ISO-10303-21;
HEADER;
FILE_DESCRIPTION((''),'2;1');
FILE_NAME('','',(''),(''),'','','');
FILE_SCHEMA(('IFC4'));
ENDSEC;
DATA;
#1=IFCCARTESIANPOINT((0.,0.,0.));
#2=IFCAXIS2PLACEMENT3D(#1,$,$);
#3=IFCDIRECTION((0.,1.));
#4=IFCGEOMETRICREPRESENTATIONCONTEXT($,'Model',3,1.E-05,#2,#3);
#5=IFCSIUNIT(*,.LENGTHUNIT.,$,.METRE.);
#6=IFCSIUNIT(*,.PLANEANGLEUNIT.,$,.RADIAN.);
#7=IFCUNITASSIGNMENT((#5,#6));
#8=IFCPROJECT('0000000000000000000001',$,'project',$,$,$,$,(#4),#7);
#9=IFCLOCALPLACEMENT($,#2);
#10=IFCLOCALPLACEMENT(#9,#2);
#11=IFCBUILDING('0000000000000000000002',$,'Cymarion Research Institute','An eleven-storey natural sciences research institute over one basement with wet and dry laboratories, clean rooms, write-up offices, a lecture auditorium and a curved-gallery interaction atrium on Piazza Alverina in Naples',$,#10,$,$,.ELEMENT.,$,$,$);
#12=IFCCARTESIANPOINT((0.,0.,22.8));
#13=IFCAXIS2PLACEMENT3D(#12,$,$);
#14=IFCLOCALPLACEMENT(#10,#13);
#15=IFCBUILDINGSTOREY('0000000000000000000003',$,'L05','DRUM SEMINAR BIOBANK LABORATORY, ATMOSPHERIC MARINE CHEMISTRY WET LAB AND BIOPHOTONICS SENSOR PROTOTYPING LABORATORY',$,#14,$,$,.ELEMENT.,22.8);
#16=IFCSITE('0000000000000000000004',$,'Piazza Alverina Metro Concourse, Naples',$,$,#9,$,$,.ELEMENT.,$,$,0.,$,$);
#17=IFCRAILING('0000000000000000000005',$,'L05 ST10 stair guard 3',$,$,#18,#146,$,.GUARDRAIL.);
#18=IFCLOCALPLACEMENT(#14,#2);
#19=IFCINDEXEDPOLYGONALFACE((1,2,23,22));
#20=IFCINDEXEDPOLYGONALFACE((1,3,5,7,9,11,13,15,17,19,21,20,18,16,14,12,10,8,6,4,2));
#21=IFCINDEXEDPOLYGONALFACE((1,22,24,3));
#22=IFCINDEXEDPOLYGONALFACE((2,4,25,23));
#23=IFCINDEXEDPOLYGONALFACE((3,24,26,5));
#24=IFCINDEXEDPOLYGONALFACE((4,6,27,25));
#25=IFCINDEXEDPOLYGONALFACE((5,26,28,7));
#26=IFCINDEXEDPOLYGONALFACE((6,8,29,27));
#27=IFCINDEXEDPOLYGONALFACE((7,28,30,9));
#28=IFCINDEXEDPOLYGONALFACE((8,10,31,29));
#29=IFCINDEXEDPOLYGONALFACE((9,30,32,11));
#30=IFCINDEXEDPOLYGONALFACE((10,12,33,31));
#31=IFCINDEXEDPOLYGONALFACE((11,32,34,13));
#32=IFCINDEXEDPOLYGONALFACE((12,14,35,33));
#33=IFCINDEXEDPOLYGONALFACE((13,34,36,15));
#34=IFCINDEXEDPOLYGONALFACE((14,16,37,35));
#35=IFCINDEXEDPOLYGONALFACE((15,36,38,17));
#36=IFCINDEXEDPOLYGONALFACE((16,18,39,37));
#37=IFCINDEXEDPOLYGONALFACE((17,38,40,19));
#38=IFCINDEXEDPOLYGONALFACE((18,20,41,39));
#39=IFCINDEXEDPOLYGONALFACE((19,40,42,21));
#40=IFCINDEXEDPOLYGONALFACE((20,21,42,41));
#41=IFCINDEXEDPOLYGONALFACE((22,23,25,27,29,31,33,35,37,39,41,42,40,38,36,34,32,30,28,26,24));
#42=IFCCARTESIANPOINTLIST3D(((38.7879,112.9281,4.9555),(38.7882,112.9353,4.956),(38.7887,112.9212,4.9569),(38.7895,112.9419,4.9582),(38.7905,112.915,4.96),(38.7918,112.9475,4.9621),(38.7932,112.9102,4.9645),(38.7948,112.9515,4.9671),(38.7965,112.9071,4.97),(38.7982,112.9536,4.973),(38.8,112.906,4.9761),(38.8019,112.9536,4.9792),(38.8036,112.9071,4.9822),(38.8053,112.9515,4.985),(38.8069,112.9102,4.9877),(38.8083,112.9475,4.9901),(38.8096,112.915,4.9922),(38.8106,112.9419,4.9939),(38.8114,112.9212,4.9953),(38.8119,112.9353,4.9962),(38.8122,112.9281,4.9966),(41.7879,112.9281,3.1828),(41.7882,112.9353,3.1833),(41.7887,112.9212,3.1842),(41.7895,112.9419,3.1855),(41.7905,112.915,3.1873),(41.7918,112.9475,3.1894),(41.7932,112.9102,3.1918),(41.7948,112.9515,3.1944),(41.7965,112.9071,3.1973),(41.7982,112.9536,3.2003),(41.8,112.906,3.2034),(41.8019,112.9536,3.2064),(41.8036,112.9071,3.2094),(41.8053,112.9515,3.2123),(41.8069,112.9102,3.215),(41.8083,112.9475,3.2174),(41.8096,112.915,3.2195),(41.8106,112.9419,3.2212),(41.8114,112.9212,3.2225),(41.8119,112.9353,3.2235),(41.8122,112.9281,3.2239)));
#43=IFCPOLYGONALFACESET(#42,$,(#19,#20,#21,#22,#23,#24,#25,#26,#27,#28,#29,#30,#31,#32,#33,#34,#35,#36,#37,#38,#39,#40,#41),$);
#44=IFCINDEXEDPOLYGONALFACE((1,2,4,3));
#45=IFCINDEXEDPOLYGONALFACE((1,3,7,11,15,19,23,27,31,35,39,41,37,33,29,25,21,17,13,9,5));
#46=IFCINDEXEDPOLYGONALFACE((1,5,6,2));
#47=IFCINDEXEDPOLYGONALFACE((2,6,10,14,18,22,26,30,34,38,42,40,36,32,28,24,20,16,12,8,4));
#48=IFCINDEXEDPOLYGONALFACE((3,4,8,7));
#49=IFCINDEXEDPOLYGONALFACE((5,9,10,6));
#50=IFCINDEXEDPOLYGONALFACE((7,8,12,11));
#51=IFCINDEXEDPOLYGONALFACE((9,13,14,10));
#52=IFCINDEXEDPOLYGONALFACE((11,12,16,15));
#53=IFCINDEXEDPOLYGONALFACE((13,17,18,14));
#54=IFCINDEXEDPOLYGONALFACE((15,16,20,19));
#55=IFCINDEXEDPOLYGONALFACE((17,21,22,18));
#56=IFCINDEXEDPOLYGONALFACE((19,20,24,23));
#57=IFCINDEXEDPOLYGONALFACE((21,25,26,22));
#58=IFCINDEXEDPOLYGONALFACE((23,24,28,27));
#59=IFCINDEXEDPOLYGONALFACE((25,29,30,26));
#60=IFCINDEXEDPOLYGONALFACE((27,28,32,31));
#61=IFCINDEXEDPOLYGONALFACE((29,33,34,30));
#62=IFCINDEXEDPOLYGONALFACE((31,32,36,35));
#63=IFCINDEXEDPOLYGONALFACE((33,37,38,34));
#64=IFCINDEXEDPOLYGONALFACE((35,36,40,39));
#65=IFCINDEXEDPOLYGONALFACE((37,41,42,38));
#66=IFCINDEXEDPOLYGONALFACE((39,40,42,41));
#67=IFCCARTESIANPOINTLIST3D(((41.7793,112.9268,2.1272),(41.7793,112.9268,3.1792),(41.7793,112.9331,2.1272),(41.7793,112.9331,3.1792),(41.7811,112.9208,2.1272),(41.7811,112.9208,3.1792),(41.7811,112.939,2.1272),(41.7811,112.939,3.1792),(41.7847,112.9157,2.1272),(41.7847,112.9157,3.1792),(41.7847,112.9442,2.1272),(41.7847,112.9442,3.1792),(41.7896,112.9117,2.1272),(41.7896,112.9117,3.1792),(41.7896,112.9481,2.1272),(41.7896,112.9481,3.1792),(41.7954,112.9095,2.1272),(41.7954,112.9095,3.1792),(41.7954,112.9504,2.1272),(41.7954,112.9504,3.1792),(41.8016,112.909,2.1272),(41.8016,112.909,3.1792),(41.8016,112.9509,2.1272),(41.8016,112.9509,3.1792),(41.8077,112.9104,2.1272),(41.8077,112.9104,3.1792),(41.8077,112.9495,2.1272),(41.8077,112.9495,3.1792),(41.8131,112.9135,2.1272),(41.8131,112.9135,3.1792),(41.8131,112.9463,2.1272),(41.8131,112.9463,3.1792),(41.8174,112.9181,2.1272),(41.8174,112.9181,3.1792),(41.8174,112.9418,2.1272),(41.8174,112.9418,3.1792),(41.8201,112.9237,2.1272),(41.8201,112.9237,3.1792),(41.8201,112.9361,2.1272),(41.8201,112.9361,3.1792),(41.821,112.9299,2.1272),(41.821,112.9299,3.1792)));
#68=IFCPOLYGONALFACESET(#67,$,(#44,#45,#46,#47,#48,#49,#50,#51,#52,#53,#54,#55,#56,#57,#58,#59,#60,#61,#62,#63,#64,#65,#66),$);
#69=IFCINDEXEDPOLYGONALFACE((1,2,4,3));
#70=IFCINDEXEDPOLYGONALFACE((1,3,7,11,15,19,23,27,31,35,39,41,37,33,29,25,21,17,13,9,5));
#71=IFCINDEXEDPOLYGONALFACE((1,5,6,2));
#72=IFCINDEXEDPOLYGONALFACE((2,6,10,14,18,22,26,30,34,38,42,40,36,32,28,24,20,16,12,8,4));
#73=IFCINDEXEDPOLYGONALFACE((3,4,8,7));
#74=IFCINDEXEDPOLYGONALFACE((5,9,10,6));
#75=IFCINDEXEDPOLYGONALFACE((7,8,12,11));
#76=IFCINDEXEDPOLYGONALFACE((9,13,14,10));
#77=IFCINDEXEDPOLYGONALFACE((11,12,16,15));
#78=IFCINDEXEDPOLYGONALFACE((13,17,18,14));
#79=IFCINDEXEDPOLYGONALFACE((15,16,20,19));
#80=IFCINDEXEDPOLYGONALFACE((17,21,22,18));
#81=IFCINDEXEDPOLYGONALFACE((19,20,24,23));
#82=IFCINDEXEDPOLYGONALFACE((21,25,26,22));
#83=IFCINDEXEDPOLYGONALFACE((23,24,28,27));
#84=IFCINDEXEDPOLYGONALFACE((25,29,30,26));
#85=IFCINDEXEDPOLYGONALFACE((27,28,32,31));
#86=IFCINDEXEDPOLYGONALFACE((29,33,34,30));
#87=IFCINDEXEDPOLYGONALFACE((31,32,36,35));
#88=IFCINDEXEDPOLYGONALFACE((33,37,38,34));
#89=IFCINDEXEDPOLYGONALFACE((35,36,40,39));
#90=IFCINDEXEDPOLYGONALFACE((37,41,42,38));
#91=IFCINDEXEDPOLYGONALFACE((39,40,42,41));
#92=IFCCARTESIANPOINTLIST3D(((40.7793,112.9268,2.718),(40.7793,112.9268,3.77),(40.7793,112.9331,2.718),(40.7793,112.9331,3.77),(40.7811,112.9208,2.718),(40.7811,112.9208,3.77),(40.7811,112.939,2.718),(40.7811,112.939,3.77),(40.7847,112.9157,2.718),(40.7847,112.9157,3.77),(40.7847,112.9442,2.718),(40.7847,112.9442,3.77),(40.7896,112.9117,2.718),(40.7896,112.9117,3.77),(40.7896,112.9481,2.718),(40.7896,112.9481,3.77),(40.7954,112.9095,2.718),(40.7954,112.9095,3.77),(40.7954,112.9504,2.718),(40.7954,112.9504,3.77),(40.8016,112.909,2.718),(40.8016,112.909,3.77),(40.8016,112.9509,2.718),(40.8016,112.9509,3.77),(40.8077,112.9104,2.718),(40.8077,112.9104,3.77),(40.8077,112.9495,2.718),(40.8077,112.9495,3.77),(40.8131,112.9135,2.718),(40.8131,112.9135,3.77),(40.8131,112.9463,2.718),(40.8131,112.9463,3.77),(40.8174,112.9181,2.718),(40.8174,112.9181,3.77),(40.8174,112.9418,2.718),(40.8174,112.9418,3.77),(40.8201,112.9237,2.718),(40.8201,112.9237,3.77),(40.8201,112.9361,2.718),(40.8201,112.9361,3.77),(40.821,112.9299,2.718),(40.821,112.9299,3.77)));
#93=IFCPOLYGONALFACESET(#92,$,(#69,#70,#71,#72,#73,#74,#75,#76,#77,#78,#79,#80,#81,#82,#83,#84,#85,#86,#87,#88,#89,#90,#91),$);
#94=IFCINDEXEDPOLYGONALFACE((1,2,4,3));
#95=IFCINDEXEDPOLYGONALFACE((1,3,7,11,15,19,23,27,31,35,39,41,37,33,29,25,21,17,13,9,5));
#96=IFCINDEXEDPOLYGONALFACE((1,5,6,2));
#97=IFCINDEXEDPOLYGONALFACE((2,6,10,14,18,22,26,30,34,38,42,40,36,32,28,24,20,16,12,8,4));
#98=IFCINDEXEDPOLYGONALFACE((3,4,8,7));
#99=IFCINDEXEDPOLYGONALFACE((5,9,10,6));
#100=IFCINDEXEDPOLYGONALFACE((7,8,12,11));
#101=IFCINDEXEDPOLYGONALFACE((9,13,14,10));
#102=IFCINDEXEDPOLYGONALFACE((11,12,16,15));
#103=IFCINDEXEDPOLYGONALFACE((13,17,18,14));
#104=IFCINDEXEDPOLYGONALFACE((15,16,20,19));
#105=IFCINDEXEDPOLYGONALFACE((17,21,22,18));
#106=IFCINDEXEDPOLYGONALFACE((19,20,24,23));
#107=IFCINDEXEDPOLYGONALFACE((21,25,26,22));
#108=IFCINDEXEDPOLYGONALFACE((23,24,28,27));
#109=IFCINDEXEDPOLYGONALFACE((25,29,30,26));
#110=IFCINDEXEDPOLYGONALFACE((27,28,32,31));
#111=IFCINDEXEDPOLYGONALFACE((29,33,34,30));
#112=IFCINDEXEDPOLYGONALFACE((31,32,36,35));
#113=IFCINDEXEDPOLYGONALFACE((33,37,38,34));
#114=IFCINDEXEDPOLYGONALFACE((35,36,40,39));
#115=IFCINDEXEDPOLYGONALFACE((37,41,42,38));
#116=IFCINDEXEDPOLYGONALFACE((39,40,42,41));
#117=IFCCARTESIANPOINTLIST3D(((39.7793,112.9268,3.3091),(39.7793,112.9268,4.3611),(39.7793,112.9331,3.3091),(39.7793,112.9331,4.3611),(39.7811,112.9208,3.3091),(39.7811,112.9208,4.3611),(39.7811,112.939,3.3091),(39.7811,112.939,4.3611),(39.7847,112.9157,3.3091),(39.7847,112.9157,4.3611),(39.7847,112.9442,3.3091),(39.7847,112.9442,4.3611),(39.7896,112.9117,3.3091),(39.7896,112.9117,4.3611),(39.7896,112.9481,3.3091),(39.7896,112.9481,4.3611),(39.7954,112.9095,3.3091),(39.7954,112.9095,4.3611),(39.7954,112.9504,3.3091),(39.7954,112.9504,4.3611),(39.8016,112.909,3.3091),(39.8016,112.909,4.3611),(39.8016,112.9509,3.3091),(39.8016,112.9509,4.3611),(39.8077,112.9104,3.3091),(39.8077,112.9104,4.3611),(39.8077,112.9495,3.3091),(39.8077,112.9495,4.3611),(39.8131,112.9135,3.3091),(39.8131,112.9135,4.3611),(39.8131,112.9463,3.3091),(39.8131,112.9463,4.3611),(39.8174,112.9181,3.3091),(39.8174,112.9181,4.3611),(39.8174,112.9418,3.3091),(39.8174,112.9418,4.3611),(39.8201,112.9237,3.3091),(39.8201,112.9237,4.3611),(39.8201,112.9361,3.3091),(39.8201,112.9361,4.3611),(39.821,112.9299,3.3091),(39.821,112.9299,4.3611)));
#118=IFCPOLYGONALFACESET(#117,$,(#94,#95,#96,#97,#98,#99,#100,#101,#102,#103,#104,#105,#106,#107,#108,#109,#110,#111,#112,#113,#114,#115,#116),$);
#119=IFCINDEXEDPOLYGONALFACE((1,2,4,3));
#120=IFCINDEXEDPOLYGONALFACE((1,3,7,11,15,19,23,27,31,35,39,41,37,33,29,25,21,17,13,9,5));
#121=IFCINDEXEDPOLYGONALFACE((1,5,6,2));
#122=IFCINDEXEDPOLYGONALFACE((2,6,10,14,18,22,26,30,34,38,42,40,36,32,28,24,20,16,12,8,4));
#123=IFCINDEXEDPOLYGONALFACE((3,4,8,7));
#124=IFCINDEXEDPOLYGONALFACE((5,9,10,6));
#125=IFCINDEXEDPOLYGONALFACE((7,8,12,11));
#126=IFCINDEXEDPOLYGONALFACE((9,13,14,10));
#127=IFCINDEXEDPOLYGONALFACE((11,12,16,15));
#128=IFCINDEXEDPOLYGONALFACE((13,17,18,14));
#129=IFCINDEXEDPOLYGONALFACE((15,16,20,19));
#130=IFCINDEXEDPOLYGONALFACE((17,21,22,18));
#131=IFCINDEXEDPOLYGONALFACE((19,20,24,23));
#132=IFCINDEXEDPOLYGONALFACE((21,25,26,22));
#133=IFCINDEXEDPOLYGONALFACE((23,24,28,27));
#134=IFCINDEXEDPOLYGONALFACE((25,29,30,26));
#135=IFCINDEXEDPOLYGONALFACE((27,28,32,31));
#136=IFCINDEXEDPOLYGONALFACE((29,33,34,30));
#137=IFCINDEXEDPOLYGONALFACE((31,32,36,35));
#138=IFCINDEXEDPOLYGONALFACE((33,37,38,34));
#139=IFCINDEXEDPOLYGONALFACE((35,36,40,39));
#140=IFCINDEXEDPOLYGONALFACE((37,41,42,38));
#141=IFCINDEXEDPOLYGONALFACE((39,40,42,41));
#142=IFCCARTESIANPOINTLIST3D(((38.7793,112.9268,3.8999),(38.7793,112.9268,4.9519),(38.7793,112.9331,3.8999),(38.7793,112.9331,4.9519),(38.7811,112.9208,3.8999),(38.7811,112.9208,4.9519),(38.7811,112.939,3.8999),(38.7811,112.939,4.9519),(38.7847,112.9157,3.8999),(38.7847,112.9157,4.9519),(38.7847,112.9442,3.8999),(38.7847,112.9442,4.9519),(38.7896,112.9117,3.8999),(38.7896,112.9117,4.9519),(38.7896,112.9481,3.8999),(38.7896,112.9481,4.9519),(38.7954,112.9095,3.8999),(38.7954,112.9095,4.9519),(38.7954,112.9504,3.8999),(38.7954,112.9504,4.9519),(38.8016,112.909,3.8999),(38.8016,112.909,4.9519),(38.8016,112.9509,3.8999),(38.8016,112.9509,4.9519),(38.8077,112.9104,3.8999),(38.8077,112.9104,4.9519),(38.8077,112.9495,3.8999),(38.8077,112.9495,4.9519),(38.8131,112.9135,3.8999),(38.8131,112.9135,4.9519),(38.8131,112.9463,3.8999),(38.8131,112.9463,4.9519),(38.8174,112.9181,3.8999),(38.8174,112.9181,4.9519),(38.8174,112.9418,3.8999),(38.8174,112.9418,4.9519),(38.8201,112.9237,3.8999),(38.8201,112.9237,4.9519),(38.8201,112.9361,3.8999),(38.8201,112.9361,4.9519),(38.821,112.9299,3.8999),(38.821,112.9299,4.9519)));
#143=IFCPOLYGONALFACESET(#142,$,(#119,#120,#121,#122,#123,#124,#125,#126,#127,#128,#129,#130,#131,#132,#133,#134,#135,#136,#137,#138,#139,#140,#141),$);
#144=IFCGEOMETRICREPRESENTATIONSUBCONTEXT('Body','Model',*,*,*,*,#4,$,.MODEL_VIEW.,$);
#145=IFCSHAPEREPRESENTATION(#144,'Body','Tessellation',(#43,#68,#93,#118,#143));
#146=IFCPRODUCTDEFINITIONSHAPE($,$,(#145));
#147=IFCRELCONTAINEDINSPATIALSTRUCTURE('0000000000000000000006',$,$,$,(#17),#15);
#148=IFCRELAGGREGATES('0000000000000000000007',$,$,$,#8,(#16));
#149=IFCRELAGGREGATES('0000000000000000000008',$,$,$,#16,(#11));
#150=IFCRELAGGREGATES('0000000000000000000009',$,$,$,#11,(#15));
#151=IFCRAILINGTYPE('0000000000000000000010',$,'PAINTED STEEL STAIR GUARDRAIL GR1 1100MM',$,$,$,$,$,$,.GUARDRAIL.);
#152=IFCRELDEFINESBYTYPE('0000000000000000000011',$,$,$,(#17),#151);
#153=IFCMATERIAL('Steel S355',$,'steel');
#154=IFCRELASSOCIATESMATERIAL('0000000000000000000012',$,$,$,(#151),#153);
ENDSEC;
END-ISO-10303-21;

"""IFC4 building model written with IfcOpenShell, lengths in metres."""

from ifc_helpers import new_model, si_unit, direction, frame, origin, origin_2d, place, context, subcontext, project, spatial, circle, extrude, material, type_object, element, save


model = new_model("IFC4")

# Units and contexts
model_context = context("Model", 3, precision=1e-05, world=origin(), true_north=direction((0.0, 1.0)))
body_context = subcontext(model_context, "Body", "Model", "MODEL_VIEW")
ifc_project = project(units=[si_unit("LENGTHUNIT", "METRE"), si_unit("PLANEANGLEUNIT", "RADIAN")], contexts=[model_context])

# Site, building, storey
site_placement = place(None, origin())
site = spatial("IfcSite", under=ifc_project, at=site_placement, Name="Piazza Alverina Metro Concourse, Naples", CompositionType="ELEMENT", RefElevation=0.0)
building_placement = place(site_placement, origin())
building = spatial("IfcBuilding", under=site, at=building_placement, Name="Cymarion Research Institute", Description="An eleven-storey natural sciences research institute over one basement with wet and dry laboratories, clean rooms, write-up offices, a lecture auditorium and a curved-gallery interaction atrium on Piazza Alverina in Naples", CompositionType="ELEMENT")
storey_placement = place(building_placement, frame((0.0, 0.0, 22.8)))
storey = spatial("IfcBuildingStorey", under=building, at=storey_placement, Name="L05", Description="DRUM SEMINAR BIOBANK LABORATORY, ATMOSPHERIC MARINE CHEMISTRY WET LAB AND BIOPHOTONICS SENSOR PROTOTYPING LABORATORY", CompositionType="ELEMENT", Elevation=22.8)

# Shared definitions
ifc_material_1 = material(Name="Steel S355", Category="steel")

# Railing
railing_type_1 = type_object("IfcRailingType", Name="PAINTED STEEL STAIR GUARDRAIL GR1 1100MM", PredefinedType="GUARDRAIL", material=ifc_material_1)
railing_1_placement = place(storey_placement, frame((41.8, 112.9299, 2.1272)))
element("IfcRailing", 1, at=railing_1_placement, inside=storey, type_object=railing_type_1, Name="L05 ST10 stair guard 3", PredefinedType="GUARDRAIL", context=body_context, shape_type="SweptSolid", body=[
    extrude(circle(Radius=0.0239, at=origin_2d()), frame((0.0, 0.0, 1.0762), z_axis=(-0.860929, 0.0, 0.508725), x_axis=(0.0, -1.0, 0.0)), (0.0, 0.0, 1.0), 3.4846),
    extrude(circle(Radius=0.021, at=origin_2d()), origin(), (0.0, 0.0, 1.0), 1.052),
    extrude(circle(Radius=0.021, at=origin_2d()), frame((-1.0, 0.0, 0.5908)), (0.0, 0.0, 1.0), 1.052),
    extrude(circle(Radius=0.021, at=origin_2d()), frame((-2.0, 0.0, 1.1819)), (0.0, 0.0, 1.0), 1.052),
    extrude(circle(Radius=0.021, at=origin_2d()), frame((-3.0, 0.0, 1.7727)), (0.0, 0.0, 1.0), 1.052),
])

save(model, "model.ifc")
